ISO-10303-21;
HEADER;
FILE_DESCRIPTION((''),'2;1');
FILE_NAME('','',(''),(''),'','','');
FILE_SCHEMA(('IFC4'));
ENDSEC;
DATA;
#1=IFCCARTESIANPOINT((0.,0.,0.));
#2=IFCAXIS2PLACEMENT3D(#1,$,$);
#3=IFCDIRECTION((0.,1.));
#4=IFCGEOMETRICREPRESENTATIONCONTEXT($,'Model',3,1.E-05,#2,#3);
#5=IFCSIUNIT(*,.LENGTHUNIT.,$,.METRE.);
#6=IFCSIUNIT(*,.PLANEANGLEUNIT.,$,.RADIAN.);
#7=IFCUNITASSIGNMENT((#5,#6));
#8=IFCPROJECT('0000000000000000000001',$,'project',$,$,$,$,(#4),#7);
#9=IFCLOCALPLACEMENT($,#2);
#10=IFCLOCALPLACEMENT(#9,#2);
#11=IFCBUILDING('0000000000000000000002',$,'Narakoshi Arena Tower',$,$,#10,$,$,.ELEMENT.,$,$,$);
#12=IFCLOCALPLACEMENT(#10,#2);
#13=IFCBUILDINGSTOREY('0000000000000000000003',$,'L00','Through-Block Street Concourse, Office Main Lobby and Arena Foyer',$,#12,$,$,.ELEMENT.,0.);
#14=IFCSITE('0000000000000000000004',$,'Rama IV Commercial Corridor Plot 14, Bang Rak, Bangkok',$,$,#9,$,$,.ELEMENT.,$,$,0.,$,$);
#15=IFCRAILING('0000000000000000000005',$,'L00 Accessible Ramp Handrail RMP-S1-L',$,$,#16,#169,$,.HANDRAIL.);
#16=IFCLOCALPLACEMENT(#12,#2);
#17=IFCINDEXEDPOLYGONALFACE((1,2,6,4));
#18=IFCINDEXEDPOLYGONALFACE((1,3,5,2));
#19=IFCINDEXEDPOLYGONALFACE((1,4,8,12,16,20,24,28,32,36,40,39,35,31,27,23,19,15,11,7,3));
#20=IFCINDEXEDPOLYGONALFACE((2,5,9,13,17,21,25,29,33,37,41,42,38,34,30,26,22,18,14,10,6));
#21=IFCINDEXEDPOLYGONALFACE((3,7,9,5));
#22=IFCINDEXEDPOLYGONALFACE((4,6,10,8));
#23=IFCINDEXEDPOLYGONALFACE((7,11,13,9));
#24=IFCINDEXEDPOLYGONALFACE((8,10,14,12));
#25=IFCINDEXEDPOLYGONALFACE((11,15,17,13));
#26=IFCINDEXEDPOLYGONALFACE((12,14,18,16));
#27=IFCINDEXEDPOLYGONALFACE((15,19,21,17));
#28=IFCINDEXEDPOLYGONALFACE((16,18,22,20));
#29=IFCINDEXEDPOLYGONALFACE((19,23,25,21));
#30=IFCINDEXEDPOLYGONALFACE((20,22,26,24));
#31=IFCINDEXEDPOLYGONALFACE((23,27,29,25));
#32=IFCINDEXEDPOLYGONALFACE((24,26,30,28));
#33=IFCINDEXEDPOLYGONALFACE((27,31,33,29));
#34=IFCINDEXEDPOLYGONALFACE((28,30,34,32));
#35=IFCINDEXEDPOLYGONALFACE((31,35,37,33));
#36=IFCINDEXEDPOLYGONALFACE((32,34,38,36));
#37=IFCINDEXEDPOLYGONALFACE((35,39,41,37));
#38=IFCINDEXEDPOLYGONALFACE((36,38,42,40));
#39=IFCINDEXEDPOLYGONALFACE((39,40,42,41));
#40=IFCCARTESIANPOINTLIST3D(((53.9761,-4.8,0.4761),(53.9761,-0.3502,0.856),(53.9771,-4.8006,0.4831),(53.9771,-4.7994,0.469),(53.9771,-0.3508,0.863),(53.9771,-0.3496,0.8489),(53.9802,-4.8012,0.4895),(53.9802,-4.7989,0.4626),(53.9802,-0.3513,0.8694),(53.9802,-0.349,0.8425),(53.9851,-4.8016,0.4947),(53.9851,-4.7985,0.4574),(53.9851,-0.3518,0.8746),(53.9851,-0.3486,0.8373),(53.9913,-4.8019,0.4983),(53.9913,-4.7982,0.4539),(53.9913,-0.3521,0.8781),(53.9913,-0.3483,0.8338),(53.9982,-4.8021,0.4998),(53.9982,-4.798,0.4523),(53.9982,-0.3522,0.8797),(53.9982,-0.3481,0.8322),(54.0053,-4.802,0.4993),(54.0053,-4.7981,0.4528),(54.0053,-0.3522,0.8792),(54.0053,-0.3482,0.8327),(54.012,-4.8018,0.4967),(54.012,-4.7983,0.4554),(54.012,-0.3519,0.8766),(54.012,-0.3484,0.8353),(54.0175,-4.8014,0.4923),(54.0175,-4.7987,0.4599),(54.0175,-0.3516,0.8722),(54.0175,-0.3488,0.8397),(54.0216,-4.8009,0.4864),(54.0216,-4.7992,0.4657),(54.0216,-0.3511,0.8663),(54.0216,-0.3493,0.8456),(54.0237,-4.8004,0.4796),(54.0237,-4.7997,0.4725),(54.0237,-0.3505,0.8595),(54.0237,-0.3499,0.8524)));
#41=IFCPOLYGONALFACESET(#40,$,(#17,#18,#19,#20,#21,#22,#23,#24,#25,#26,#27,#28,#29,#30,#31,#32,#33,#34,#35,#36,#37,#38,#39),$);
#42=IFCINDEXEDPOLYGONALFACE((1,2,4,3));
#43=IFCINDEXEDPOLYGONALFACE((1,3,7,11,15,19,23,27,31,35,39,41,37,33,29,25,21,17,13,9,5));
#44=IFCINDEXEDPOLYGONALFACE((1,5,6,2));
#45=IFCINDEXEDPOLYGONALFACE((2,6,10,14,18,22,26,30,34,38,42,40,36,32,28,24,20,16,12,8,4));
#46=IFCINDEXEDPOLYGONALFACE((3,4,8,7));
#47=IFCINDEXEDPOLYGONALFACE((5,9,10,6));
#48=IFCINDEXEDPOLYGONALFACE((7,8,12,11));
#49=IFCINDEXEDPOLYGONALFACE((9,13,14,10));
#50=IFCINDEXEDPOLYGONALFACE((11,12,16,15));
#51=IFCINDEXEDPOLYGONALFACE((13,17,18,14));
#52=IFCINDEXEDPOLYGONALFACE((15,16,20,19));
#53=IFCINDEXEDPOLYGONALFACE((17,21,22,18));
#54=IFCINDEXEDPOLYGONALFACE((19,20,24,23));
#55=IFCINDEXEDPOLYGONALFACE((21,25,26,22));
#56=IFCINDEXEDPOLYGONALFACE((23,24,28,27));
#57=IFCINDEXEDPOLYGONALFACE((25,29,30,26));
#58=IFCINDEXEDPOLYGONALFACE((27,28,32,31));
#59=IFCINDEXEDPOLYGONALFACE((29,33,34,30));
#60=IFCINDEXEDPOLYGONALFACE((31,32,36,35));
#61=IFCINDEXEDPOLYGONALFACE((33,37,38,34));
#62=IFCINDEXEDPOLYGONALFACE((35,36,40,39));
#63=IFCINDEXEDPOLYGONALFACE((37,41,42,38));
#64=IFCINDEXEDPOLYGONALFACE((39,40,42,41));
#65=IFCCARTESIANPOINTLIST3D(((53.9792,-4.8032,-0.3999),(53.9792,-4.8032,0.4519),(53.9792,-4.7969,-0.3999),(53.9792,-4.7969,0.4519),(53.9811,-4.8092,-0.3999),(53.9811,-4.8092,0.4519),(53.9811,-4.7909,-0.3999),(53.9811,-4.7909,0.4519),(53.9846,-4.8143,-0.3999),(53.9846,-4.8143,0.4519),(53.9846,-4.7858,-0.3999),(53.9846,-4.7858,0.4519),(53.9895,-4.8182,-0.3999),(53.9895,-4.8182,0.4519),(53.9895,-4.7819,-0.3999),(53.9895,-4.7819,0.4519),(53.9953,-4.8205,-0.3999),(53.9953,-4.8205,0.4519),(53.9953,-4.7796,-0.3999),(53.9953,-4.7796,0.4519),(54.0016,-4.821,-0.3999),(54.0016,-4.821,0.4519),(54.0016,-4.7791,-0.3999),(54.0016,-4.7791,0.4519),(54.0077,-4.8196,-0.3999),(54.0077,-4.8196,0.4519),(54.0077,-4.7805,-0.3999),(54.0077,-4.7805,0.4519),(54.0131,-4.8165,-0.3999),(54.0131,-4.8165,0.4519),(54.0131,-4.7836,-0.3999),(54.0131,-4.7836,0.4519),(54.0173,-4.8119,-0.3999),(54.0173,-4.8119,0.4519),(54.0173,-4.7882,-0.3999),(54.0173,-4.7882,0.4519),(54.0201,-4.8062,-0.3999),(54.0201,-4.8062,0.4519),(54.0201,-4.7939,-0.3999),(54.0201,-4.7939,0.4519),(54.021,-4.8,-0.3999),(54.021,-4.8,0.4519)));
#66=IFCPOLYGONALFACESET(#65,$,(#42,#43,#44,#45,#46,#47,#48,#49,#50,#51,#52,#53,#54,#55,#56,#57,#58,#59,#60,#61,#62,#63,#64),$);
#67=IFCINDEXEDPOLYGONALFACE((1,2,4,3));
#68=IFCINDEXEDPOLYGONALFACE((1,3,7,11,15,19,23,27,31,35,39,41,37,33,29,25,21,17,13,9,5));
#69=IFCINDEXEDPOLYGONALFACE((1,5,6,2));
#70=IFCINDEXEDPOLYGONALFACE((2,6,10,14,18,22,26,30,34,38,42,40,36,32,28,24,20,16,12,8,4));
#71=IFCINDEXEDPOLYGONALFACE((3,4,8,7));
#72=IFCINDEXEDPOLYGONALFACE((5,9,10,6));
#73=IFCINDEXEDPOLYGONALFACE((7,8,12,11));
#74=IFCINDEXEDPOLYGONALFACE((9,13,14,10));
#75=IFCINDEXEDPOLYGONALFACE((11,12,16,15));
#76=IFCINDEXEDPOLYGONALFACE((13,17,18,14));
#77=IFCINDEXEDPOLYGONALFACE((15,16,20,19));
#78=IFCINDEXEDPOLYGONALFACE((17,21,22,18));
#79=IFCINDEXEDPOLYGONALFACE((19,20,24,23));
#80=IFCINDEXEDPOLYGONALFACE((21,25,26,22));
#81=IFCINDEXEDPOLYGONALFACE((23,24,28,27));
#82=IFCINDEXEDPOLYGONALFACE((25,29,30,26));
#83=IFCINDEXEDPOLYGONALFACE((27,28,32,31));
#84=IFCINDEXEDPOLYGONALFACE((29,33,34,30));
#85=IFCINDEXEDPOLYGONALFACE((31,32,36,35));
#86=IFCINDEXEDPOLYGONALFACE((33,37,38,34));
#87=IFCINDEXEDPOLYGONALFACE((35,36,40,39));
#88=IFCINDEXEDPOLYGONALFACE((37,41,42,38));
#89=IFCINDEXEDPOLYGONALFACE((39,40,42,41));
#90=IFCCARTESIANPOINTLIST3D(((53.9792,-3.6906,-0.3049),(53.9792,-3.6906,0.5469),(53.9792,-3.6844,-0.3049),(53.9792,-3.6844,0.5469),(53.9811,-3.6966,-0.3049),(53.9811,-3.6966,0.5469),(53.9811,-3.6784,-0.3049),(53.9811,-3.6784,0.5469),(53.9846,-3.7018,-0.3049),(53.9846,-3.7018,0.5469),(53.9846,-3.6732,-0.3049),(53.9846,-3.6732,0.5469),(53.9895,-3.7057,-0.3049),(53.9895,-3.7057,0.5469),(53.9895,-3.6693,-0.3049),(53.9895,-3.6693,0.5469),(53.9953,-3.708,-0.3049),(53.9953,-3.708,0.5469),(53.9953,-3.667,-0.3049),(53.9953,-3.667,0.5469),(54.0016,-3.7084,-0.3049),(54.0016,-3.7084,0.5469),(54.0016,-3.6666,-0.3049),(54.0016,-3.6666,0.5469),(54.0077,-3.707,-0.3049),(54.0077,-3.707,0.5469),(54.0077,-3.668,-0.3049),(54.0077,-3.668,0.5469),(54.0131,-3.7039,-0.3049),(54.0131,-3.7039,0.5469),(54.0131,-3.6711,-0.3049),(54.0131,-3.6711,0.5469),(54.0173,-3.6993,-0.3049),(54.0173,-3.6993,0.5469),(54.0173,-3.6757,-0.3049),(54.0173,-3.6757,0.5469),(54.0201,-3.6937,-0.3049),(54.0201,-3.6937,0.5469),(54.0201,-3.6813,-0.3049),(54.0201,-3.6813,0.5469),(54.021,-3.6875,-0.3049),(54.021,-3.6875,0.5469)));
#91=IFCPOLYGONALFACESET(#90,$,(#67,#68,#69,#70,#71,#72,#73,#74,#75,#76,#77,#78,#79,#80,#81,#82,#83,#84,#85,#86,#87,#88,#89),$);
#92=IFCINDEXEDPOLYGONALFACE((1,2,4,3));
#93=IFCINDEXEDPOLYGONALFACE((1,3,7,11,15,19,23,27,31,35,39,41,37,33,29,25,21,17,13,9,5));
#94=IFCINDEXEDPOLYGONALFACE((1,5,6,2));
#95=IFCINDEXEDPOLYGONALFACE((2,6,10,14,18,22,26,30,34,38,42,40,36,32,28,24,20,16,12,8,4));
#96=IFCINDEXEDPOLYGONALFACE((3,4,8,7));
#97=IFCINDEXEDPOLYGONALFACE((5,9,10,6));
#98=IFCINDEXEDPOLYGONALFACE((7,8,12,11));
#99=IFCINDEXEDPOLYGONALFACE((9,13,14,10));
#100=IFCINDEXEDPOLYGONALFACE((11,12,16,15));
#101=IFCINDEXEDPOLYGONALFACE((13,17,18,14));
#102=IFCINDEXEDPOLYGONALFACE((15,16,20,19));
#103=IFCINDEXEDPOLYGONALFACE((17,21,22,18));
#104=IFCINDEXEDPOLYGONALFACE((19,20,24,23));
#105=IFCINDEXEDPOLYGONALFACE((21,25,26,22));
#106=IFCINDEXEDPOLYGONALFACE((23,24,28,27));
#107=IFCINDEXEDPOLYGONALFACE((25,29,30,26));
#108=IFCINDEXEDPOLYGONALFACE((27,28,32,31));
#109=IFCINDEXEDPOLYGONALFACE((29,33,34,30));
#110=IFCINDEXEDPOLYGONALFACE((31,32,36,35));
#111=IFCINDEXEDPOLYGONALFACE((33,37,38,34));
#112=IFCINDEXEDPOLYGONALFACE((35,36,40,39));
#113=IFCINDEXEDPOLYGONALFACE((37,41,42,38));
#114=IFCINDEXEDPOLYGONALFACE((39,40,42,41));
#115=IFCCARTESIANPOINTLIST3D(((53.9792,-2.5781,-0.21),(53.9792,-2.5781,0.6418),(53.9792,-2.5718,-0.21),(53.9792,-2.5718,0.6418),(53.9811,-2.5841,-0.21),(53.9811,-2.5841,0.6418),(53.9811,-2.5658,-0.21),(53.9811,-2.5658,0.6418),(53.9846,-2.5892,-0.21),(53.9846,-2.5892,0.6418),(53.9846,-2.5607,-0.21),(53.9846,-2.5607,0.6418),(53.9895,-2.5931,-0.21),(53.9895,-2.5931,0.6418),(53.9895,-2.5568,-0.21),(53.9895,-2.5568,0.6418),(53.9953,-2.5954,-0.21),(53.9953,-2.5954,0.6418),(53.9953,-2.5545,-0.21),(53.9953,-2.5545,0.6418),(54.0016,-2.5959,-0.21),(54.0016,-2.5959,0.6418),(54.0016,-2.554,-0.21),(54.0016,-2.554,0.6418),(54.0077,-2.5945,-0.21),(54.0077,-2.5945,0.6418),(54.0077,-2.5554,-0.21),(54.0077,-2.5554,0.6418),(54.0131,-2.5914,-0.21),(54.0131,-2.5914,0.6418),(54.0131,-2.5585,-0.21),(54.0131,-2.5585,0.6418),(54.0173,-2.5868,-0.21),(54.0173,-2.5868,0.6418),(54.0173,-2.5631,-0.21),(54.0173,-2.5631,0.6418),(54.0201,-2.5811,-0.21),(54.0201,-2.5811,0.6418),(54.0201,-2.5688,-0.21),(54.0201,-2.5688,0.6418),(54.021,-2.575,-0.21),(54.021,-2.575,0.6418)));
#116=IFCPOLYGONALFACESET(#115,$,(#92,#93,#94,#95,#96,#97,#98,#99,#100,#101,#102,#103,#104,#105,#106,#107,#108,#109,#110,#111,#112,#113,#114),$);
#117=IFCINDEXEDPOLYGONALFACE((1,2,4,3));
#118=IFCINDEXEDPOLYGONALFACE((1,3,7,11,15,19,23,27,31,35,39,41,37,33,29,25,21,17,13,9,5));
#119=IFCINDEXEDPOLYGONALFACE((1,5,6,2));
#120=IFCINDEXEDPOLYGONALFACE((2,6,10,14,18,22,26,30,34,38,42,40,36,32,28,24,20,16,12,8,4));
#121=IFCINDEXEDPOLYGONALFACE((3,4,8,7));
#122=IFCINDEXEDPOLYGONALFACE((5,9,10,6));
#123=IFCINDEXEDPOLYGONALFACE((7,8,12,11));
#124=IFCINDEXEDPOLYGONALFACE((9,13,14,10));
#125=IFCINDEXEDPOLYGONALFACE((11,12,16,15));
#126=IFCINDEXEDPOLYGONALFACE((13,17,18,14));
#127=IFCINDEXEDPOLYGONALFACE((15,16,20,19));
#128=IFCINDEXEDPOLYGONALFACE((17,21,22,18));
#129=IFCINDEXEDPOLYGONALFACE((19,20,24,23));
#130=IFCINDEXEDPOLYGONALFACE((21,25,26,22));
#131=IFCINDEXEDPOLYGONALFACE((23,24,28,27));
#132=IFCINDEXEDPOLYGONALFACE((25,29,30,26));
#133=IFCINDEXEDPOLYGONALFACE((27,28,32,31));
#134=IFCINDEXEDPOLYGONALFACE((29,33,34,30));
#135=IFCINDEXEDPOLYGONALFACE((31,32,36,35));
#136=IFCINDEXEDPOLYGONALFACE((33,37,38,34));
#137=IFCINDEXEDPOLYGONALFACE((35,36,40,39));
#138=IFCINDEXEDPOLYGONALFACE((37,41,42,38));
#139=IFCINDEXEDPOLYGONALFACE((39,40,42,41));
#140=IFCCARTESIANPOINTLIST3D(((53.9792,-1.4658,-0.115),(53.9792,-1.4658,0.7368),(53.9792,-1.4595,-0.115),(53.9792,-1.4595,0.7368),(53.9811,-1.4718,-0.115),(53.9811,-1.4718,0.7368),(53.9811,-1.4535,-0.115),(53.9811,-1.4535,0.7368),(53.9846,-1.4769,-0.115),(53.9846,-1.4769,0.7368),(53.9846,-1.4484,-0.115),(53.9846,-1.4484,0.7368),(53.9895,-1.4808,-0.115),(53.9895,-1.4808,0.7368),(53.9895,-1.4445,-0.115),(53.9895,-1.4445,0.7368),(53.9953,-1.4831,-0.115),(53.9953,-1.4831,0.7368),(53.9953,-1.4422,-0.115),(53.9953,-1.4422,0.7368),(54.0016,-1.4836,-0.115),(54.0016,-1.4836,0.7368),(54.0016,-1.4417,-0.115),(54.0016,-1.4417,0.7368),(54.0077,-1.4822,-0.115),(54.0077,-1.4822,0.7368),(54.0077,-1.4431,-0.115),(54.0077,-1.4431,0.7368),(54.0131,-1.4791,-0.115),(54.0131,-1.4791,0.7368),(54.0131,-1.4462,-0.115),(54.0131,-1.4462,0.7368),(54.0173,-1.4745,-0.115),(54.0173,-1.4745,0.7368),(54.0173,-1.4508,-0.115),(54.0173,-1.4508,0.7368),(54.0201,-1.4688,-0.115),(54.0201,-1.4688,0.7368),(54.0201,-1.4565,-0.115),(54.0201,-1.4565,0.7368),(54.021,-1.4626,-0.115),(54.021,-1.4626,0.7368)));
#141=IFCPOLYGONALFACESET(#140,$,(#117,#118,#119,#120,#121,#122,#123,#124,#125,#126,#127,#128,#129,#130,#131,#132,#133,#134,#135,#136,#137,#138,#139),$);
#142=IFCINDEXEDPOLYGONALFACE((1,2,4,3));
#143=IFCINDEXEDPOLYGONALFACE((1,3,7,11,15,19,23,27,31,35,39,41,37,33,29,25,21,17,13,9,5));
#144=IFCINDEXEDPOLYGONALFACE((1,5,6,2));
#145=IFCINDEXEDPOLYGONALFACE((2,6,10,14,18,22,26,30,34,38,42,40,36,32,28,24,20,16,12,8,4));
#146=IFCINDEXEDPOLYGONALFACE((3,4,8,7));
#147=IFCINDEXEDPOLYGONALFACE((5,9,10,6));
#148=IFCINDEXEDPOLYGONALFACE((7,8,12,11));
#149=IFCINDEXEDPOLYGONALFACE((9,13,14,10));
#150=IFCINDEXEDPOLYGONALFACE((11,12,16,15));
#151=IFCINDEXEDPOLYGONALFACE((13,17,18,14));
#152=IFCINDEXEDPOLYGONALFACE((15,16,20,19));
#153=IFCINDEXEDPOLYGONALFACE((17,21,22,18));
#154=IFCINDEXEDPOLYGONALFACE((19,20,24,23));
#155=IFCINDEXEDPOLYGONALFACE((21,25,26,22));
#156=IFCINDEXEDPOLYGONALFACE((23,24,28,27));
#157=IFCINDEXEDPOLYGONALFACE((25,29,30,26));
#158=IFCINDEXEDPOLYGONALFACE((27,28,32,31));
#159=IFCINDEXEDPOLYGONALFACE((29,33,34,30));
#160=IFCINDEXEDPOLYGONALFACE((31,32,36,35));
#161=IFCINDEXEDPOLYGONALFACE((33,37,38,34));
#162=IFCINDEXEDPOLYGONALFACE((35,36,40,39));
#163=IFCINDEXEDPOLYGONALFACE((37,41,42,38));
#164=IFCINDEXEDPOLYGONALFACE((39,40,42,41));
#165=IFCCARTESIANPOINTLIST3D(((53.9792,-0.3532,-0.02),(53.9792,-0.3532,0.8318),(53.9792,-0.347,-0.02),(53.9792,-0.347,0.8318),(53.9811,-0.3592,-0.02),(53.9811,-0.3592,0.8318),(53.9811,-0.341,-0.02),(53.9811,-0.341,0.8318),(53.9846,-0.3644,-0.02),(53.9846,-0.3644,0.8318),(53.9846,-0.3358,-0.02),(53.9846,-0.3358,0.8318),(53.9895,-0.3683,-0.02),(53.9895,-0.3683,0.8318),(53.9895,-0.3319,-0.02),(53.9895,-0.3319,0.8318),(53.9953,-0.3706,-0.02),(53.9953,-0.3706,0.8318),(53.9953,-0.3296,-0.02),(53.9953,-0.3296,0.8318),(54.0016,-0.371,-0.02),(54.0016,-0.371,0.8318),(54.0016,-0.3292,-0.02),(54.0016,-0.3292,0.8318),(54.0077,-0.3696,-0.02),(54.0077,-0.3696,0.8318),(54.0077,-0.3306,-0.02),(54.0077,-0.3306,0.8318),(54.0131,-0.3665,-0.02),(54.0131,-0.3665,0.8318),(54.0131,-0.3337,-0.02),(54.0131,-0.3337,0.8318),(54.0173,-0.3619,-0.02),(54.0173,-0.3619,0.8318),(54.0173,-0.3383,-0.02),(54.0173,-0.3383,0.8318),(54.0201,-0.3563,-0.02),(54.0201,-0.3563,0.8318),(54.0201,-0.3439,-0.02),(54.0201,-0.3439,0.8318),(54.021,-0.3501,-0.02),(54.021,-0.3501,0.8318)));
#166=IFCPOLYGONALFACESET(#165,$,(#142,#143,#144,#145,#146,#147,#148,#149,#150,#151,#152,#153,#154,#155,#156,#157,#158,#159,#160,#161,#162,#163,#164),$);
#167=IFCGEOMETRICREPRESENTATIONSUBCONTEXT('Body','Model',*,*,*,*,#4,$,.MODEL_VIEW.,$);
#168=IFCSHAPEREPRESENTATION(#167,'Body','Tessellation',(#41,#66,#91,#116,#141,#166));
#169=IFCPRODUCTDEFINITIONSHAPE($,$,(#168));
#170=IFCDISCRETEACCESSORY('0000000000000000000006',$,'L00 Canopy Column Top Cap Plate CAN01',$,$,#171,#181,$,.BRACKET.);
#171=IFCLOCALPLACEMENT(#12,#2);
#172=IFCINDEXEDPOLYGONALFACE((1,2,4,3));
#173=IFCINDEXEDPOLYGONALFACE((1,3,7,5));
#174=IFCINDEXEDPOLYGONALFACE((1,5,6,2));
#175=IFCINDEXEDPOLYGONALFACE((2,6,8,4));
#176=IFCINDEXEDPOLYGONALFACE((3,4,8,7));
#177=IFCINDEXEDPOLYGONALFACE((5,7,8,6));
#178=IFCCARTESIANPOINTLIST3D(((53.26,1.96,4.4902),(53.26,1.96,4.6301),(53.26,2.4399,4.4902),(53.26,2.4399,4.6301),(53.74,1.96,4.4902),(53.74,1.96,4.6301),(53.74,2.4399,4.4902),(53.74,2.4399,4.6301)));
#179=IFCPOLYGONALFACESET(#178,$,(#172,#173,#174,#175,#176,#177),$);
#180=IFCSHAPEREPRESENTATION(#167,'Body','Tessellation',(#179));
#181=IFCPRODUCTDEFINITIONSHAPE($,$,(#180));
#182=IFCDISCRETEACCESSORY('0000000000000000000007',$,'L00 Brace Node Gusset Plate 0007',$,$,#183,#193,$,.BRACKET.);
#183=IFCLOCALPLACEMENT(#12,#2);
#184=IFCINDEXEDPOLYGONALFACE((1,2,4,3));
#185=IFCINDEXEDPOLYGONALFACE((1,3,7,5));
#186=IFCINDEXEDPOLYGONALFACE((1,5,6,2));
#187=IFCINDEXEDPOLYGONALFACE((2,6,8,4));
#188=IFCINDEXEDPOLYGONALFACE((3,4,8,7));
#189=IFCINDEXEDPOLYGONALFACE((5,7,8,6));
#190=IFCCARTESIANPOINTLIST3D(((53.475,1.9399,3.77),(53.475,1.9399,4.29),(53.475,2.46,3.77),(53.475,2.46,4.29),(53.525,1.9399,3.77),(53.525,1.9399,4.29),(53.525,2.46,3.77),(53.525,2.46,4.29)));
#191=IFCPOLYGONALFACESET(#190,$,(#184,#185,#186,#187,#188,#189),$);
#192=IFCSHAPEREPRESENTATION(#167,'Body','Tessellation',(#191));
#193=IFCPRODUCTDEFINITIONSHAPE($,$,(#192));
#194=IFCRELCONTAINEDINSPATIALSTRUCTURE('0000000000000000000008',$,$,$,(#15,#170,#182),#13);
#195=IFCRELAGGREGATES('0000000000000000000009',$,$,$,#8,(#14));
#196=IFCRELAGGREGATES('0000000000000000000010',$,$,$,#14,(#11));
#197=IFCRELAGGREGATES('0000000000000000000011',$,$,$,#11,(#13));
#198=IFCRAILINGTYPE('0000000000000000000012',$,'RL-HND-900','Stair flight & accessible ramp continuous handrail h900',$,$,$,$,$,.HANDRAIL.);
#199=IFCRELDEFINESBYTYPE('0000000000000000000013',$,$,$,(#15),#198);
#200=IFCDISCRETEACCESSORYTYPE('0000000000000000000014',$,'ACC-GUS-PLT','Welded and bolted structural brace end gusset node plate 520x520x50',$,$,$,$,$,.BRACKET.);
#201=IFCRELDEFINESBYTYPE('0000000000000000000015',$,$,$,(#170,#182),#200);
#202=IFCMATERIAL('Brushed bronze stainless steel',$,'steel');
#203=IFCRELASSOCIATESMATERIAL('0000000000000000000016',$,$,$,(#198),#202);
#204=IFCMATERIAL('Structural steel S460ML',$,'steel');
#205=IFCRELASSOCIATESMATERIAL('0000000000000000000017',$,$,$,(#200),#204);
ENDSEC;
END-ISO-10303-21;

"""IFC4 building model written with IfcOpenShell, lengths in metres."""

from ifc_helpers import new_model, si_unit, direction, frame, origin, origin_2d, place, context, subcontext, project, spatial, rectangle, circle, extrude, material, type_object, element, save


model = new_model("IFC4")

# Units and contexts
model_context = context("Model", 3, precision=1e-05, world=origin(), true_north=direction((0.0, 1.0)))
body_context = subcontext(model_context, "Body", "Model", "MODEL_VIEW")
ifc_project = project(units=[si_unit("LENGTHUNIT", "METRE"), si_unit("PLANEANGLEUNIT", "RADIAN")], contexts=[model_context])

# Site, building, storey
site_placement = place(None, origin())
site = spatial("IfcSite", under=ifc_project, at=site_placement, Name="Rama IV Commercial Corridor Plot 14, Bang Rak, Bangkok", CompositionType="ELEMENT", RefElevation=0.0)
building_placement = place(site_placement, origin())
building = spatial("IfcBuilding", under=site, at=building_placement, Name="Narakoshi Arena Tower", CompositionType="ELEMENT")
storey_placement = place(building_placement, origin())
storey = spatial("IfcBuildingStorey", under=building, at=storey_placement, Name="L00", Description="Through-Block Street Concourse, Office Main Lobby and Arena Foyer", CompositionType="ELEMENT", Elevation=0.0)

# Railing
ifc_material_1 = material(Name="Brushed bronze stainless steel", Category="steel")
railing_type = type_object("IfcRailingType", Name="RL-HND-900", Description="Stair flight & accessible ramp continuous handrail h900", PredefinedType="HANDRAIL", material=ifc_material_1)
railing_placement = place(storey_placement, frame((54.0, -4.8, -0.3999)))
element("IfcRailing", 1, at=railing_placement, inside=storey, type_object=railing_type, Name="L00 Accessible Ramp Handrail RMP-S1-L", PredefinedType="HANDRAIL", context=body_context, shape_type="SweptSolid", body=[
    extrude(circle(Radius=0.0239, at=origin_2d()), frame((0.0, 0.0, 0.876), z_axis=(0.0, 0.996376, 0.085058), x_axis=(-1.0, 0.0, 0.0)), (0.0, 0.0, 1.0), 4.4661),
    extrude(circle(Radius=0.021, at=origin_2d()), origin(), (0.0, 0.0, 1.0), 0.8518),
    extrude(circle(Radius=0.021, at=origin_2d()), frame((0.0, 1.1125, 0.095)), (0.0, 0.0, 1.0), 0.8518),
    extrude(circle(Radius=0.021, at=origin_2d()), frame((0.0, 2.2251, 0.1899)), (0.0, 0.0, 1.0), 0.8518),
    extrude(circle(Radius=0.021, at=origin_2d()), frame((0.0, 3.3374, 0.2849)), (0.0, 0.0, 1.0), 0.8518),
    extrude(circle(Radius=0.021, at=origin_2d()), frame((0.0, 4.45, 0.3799)), (0.0, 0.0, 1.0), 0.8518),
])

# Discrete accessories
ifc_material_2 = material(Name="Structural steel S460ML", Category="steel")
discrete_accessory_type = type_object("IfcDiscreteAccessoryType", Name="ACC-GUS-PLT", Description="Welded and bolted structural brace end gusset node plate 520x520x50", PredefinedType="BRACKET", material=ifc_material_2)
discrete_accessory_1_placement = place(storey_placement, frame((53.5, 2.2, 4.4902), z_axis=(0.0, 0.0, 1.0), x_axis=(1.0, 0.0, 0.0)))
element("IfcDiscreteAccessory", 2, at=discrete_accessory_1_placement, inside=storey, type_object=discrete_accessory_type, Name="L00 Canopy Column Top Cap Plate CAN01", PredefinedType="BRACKET", context=body_context, shape_type="SweptSolid", body=[
    extrude(rectangle(XDim=0.48, YDim=0.48, at=origin_2d()), origin(), (0.0, 0.0, 1.0), 0.1399),
])
discrete_accessory_2_placement = place(storey_placement, frame((53.5, 2.2, 3.77), z_axis=(0.0, 0.0, 1.0), x_axis=(0.0, 1.0, 0.0)))
element("IfcDiscreteAccessory", 3, at=discrete_accessory_2_placement, inside=storey, type_object=discrete_accessory_type, Name="L00 Brace Node Gusset Plate 0007", PredefinedType="BRACKET", context=body_context, shape_type="SweptSolid", body=[
    extrude(rectangle(XDim=0.52, YDim=0.05, at=origin_2d()), origin(), (0.0, 0.0, 1.0), 0.52),
])

save(model, "model.ifc")
